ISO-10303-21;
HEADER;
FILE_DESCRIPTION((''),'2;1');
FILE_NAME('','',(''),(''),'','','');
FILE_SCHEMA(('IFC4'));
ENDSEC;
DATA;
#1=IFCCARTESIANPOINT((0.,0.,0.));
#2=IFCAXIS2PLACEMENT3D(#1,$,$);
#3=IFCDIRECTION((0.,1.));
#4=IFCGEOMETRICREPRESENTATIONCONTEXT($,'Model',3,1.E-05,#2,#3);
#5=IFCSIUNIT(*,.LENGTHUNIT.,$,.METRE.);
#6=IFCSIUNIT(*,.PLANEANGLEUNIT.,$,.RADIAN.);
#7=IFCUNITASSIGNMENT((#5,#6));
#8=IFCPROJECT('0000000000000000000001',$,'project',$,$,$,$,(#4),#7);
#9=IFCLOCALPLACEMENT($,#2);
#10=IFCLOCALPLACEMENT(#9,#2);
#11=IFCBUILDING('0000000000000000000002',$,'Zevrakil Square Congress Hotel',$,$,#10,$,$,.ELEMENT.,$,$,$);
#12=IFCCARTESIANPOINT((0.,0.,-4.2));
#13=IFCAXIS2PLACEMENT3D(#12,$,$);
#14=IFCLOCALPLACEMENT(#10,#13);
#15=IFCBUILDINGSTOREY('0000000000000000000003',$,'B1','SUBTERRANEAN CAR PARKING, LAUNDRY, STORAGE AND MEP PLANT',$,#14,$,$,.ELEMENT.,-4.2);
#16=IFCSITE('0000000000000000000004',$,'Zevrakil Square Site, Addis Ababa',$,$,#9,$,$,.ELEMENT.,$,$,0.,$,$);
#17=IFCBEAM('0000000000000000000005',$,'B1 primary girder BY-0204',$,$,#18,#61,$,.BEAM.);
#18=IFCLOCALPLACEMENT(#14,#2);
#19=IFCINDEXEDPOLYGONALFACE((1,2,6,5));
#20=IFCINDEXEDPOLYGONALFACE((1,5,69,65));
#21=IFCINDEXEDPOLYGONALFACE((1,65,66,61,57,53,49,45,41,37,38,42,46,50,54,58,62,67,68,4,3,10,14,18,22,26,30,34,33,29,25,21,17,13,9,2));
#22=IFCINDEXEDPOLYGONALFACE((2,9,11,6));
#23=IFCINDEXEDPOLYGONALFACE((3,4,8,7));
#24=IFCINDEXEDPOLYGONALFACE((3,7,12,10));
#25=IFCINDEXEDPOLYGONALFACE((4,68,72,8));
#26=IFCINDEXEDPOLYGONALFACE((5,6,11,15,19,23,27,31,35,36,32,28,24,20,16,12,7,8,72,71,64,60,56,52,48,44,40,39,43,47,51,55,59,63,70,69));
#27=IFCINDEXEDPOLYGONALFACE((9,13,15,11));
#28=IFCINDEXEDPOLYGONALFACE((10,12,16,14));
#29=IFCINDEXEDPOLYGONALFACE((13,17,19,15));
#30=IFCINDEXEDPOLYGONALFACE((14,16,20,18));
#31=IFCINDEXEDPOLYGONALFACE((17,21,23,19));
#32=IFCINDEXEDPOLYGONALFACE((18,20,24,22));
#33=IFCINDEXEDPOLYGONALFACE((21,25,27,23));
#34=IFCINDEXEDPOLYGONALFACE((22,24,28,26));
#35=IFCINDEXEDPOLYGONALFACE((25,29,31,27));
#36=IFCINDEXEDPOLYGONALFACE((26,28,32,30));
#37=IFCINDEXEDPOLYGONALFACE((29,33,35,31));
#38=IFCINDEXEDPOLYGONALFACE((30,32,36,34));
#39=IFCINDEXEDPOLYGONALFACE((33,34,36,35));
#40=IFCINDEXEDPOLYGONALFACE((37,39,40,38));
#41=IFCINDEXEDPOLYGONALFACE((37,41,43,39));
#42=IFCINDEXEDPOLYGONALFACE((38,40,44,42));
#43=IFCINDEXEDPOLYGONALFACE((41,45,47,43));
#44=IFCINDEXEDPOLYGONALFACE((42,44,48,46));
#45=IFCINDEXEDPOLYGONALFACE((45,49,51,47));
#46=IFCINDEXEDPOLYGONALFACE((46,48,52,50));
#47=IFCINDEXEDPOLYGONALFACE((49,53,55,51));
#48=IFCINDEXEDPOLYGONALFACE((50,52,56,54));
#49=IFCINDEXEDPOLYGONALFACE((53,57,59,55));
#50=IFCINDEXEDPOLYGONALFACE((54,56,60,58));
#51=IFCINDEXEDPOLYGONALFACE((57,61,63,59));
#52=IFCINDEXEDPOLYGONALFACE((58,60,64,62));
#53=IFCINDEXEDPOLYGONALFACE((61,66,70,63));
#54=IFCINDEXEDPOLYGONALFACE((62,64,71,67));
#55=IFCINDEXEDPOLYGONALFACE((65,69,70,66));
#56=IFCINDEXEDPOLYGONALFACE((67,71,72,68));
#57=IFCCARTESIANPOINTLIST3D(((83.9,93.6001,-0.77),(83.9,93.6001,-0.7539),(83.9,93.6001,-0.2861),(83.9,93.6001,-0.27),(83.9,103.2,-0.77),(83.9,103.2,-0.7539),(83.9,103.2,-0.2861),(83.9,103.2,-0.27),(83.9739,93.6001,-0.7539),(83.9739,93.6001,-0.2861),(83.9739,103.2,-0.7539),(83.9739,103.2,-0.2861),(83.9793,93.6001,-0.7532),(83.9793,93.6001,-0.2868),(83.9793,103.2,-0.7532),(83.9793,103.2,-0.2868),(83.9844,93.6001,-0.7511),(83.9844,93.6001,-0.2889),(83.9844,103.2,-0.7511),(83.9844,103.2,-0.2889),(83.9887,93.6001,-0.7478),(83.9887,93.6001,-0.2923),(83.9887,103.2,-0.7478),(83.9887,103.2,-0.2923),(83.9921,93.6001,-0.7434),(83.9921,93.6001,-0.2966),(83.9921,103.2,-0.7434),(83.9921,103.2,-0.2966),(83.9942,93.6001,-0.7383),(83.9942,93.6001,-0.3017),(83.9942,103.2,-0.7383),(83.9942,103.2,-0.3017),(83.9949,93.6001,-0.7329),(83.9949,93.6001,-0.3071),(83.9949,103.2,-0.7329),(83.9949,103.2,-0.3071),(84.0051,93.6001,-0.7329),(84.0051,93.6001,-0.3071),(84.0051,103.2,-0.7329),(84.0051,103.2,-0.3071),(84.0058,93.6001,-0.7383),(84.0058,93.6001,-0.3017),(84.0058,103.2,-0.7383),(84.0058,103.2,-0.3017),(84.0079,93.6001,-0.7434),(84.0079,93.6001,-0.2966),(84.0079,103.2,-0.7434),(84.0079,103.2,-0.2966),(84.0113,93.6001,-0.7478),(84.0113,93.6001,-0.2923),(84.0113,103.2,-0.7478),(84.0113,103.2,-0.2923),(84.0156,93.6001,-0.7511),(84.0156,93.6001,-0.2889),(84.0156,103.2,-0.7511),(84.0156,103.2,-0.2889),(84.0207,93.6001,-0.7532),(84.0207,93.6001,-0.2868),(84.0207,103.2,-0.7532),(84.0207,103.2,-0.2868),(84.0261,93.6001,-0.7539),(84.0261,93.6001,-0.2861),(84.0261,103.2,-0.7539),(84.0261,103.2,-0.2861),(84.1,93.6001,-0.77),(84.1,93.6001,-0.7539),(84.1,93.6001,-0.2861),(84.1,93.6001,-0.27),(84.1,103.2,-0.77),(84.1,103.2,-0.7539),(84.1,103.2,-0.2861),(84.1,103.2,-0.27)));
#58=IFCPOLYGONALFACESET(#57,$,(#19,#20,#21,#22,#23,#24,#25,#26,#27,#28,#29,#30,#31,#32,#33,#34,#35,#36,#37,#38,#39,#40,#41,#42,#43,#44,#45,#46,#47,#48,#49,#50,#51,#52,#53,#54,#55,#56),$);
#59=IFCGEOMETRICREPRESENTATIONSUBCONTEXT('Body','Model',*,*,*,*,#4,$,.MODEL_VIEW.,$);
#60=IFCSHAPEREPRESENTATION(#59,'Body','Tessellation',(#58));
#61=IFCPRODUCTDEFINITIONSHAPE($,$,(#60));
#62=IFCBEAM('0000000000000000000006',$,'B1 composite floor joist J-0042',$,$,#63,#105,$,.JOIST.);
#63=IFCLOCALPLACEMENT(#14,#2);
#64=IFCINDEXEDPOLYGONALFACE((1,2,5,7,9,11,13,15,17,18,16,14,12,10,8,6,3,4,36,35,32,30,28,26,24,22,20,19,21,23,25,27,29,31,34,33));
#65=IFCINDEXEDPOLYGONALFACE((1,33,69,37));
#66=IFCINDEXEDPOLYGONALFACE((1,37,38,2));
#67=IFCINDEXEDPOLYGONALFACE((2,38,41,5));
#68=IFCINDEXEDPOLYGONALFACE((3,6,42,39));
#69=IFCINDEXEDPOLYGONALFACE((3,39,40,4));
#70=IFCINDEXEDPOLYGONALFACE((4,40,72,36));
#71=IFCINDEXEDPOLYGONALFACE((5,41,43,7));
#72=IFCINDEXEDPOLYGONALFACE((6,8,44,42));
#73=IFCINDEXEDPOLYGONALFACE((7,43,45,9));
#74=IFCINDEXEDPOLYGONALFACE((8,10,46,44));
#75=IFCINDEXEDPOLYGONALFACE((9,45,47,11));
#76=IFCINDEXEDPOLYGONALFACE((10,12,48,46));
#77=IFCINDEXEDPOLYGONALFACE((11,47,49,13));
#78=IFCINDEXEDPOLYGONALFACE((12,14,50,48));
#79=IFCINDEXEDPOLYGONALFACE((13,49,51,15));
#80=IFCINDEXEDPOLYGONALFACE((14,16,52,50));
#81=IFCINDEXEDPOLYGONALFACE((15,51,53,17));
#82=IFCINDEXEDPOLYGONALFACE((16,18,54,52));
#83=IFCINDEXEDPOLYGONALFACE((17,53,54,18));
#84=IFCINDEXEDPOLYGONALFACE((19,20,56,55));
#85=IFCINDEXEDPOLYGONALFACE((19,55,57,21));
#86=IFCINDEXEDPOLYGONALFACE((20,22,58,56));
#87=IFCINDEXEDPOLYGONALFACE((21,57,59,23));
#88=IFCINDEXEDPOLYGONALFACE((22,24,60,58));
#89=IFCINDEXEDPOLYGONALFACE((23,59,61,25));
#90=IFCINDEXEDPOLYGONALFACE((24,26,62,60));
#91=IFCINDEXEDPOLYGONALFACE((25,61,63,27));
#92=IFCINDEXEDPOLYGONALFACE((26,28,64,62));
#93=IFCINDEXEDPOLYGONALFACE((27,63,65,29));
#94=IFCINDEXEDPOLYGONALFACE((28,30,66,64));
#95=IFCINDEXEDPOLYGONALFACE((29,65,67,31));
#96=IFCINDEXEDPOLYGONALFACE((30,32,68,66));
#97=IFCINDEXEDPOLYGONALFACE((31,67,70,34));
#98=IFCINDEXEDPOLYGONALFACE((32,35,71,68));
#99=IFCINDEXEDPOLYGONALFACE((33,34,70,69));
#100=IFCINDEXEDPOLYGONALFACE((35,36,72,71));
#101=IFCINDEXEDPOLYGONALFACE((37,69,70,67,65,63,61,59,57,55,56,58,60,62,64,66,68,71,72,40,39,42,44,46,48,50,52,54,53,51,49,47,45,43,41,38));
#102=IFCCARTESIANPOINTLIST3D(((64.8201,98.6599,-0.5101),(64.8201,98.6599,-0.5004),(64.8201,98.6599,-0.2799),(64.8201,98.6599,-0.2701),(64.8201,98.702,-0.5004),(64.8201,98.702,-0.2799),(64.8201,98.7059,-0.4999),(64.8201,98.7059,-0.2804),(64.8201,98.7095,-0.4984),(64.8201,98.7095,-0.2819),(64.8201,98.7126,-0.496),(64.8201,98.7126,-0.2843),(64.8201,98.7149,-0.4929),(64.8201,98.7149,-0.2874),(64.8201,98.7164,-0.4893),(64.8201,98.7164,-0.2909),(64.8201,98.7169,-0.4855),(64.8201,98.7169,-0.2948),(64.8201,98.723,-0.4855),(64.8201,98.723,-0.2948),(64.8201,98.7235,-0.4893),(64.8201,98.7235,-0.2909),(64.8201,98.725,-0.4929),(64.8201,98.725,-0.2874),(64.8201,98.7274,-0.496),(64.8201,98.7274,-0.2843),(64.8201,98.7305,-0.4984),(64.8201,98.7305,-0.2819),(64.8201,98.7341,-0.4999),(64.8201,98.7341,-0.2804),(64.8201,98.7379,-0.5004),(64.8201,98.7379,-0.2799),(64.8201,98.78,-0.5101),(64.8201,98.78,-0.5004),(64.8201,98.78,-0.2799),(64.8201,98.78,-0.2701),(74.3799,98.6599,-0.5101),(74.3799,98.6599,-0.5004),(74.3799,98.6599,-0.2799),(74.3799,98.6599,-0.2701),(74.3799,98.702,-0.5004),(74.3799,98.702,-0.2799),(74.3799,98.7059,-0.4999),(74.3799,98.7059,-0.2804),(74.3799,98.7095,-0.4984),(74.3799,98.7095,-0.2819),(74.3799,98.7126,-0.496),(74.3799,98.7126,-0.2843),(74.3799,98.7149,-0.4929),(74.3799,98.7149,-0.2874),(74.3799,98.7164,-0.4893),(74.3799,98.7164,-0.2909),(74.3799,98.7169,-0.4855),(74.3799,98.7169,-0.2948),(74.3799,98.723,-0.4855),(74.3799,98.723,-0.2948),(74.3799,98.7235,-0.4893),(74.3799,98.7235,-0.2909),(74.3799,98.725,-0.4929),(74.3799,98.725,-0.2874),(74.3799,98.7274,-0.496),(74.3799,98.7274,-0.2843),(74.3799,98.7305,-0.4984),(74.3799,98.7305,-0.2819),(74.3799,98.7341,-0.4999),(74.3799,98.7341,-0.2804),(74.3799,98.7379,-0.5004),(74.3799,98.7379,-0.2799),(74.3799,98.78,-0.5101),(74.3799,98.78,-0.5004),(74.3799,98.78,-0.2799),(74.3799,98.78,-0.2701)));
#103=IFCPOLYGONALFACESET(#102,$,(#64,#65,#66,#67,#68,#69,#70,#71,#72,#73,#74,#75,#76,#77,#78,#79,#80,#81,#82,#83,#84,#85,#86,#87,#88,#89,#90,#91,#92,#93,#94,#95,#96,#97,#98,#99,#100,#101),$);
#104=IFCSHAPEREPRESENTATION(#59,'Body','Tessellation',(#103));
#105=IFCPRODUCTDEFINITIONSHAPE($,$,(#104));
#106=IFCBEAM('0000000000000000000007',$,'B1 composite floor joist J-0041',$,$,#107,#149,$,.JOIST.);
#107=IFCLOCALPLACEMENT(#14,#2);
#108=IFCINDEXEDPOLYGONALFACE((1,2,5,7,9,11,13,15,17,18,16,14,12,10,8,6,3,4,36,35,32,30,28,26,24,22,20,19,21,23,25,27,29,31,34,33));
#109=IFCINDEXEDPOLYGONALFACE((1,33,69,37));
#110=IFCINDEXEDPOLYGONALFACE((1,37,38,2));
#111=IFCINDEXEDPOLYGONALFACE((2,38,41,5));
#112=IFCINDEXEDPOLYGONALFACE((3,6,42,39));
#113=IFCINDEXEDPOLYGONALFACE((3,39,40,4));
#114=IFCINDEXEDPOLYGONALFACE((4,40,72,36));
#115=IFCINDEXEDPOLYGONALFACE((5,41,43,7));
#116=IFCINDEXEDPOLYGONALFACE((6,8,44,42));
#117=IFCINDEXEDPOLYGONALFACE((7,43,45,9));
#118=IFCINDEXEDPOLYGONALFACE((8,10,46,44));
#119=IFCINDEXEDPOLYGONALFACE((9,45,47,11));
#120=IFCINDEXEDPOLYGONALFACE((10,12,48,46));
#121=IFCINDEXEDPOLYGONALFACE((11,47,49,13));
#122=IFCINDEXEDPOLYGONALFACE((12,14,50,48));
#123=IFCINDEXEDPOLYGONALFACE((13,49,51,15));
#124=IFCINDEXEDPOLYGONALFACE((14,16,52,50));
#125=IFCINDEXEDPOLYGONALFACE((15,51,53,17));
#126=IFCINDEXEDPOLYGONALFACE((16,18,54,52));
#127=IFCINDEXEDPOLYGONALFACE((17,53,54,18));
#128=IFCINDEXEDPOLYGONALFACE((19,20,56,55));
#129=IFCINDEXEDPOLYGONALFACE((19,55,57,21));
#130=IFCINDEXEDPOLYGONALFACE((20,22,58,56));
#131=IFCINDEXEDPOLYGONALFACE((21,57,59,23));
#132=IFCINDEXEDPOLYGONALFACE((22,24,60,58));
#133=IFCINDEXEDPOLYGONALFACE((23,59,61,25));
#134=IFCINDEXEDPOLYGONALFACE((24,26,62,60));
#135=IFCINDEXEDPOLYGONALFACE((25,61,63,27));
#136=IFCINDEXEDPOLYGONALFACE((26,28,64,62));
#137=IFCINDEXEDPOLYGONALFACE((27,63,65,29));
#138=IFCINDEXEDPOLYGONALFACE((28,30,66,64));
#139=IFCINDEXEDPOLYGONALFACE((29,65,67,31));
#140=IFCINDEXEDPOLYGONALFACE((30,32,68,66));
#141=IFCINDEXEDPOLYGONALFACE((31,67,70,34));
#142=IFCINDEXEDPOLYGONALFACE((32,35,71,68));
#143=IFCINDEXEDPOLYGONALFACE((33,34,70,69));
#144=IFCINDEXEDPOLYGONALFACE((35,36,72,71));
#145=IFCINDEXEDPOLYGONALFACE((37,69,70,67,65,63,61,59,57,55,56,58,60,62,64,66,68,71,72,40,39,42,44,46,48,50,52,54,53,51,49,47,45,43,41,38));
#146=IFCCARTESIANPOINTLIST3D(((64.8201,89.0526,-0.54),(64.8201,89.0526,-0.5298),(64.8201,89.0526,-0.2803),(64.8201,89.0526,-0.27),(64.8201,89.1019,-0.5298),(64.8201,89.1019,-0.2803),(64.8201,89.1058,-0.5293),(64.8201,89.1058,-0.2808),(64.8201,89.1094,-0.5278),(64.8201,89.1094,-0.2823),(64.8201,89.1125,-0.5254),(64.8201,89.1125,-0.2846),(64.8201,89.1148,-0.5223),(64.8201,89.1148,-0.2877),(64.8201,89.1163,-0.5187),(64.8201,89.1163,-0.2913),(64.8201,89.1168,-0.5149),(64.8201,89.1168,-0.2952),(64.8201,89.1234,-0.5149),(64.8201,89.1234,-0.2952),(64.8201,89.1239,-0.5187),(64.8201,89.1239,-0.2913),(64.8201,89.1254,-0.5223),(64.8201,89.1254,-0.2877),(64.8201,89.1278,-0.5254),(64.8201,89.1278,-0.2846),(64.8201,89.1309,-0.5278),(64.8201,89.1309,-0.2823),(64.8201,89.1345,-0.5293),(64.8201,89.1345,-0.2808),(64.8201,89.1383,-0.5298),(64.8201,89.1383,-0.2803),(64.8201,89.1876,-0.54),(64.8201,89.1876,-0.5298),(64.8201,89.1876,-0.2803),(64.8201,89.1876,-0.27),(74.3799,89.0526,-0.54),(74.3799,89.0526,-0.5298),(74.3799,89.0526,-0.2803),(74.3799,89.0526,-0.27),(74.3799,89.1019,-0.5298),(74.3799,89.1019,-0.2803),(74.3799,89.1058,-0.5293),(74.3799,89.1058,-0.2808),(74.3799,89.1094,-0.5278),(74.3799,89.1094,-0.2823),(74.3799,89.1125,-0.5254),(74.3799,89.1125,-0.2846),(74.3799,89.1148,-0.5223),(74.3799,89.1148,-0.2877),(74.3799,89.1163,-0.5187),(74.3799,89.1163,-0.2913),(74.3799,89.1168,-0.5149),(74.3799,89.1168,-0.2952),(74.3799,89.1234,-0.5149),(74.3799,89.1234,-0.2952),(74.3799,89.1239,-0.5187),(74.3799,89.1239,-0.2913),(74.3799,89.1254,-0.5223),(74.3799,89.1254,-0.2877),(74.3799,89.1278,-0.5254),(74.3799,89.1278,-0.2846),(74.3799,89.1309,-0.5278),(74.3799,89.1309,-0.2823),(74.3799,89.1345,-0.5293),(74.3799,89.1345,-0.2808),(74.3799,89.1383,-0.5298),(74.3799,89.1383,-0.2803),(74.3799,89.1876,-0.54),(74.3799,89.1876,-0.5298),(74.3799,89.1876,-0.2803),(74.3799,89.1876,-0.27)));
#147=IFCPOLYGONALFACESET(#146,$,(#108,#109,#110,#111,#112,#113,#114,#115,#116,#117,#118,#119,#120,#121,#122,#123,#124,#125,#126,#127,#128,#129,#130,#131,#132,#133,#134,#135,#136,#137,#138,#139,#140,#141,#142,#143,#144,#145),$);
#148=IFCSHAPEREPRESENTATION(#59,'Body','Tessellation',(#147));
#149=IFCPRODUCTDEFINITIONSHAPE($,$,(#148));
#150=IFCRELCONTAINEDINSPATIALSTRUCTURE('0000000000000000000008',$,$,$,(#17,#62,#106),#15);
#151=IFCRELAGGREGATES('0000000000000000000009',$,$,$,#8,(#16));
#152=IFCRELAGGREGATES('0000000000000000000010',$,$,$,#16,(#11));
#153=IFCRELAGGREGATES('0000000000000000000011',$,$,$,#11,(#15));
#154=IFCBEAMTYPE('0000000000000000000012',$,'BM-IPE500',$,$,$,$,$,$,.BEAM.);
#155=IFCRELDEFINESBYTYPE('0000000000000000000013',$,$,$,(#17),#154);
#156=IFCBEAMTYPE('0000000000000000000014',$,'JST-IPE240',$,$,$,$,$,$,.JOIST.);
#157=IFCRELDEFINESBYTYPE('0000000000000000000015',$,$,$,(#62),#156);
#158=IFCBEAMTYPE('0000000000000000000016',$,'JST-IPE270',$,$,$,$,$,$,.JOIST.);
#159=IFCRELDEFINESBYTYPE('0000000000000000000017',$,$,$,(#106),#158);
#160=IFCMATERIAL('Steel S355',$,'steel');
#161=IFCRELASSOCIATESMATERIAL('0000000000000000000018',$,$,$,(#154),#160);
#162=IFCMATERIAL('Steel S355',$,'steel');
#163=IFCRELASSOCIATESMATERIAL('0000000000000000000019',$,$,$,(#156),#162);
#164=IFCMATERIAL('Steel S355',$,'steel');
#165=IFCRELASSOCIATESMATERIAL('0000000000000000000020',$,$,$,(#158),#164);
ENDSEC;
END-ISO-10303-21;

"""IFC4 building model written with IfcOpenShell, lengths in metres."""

from ifc_helpers import new_model, si_unit, direction, frame, origin, origin_2d, place, context, subcontext, project, spatial, i_section, extrude, material, material_profile, profile_set, type_object, element, save


model = new_model("IFC4")

# Units and contexts
model_context = context("Model", 3, precision=1e-05, world=origin(), true_north=direction((0.0, 1.0)))
body_context = subcontext(model_context, "Body", "Model", "MODEL_VIEW")
ifc_project = project(units=[si_unit("LENGTHUNIT", "METRE"), si_unit("PLANEANGLEUNIT", "RADIAN")], contexts=[model_context])

# Site, building, storey
site_placement = place(None, origin())
site = spatial("IfcSite", under=ifc_project, at=site_placement, Name="Zevrakil Square Site, Addis Ababa", CompositionType="ELEMENT", RefElevation=0.0)
building_placement = place(site_placement, origin())
building = spatial("IfcBuilding", under=site, at=building_placement, Name="Zevrakil Square Congress Hotel", CompositionType="ELEMENT")
storey_placement = place(building_placement, frame((0.0, 0.0, -4.2)))
storey = spatial("IfcBuildingStorey", under=building, at=storey_placement, Name="B1", Description="SUBTERRANEAN CAR PARKING, LAUNDRY, STORAGE AND MEP PLANT", CompositionType="ELEMENT", Elevation=-4.2)

# Beams
ifc_material_1 = material(Name="Steel S355", Category="steel")
ifc_material_profile_1 = material_profile(ifc_material_1, i_section(OverallWidth=0.2, OverallDepth=0.5, WebThickness=0.0103, FlangeThickness=0.0161, FilletRadius=0.021, at=origin_2d()), Name="IPE 500")
ifc_profile_set_1 = profile_set([ifc_material_profile_1], Name="Steel S355")
beam_type_1 = type_object("IfcBeamType", Name="BM-IPE500", PredefinedType="BEAM", material=ifc_profile_set_1)
for number, where, z_axis, x_axis, name in (
    (1, (84.0, 93.6001, -0.52), (0.0, 1.0, 0.0), (-1.0, 0.0, 0.0), "B1 primary girder BY-0204"),
):
    element("IfcBeam", number, at=place(storey_placement, frame(where, z_axis=z_axis, x_axis=x_axis)), inside=storey, type_object=beam_type_1, Name=name, PredefinedType="BEAM", context=body_context, shape_type="SweptSolid", body=[
        extrude(i_section(OverallWidth=0.2, OverallDepth=0.5, WebThickness=0.0103, FlangeThickness=0.0161, FilletRadius=0.021, at=origin_2d()), origin(), (0.0, 0.0, 1.0), 9.5999),
    ])
ifc_material_2 = material(Name="Steel S355", Category="steel")
ifc_material_profile_2 = material_profile(ifc_material_2, i_section(OverallWidth=0.1201, OverallDepth=0.24, WebThickness=0.0061, FlangeThickness=0.0098, FilletRadius=0.0149, at=origin_2d()), Name="IPE 240")
ifc_profile_set_2 = profile_set([ifc_material_profile_2], Name="Steel S355")
beam_type_2 = type_object("IfcBeamType", Name="JST-IPE240", PredefinedType="JOIST", material=ifc_profile_set_2)
beam_1_placement = place(storey_placement, frame((64.8201, 98.72, -0.3901), z_axis=(1.0, 0.0, 0.0), x_axis=(0.0, 1.0, 0.0)))
element("IfcBeam", 2, at=beam_1_placement, inside=storey, type_object=beam_type_2, Name="B1 composite floor joist J-0042", PredefinedType="JOIST", context=body_context, shape_type="SweptSolid", body=[
    extrude(i_section(OverallWidth=0.1201, OverallDepth=0.24, WebThickness=0.0061, FlangeThickness=0.0098, FilletRadius=0.0149, at=origin_2d()), origin(), (0.0, 0.0, 1.0), 9.5598),
])
ifc_material_3 = material(Name="Steel S355", Category="steel")
ifc_material_profile_3 = material_profile(ifc_material_3, i_section(OverallWidth=0.135, OverallDepth=0.27, WebThickness=0.0066, FlangeThickness=0.0103, FilletRadius=0.0149, at=origin_2d()), Name="IPE 270")
ifc_profile_set_3 = profile_set([ifc_material_profile_3], Name="Steel S355")
beam_type_3 = type_object("IfcBeamType", Name="JST-IPE270", PredefinedType="JOIST", material=ifc_profile_set_3)
beam_2_placement = place(storey_placement, frame((64.8201, 89.1201, -0.405), z_axis=(1.0, 0.0, 0.0), x_axis=(0.0, 1.0, 0.0)))
element("IfcBeam", 3, at=beam_2_placement, inside=storey, type_object=beam_type_3, Name="B1 composite floor joist J-0041", PredefinedType="JOIST", context=body_context, shape_type="SweptSolid", body=[
    extrude(i_section(OverallWidth=0.135, OverallDepth=0.27, WebThickness=0.0066, FlangeThickness=0.0103, FilletRadius=0.0149, at=origin_2d()), origin(), (0.0, 0.0, 1.0), 9.5598),
])

save(model, "model.ifc")
